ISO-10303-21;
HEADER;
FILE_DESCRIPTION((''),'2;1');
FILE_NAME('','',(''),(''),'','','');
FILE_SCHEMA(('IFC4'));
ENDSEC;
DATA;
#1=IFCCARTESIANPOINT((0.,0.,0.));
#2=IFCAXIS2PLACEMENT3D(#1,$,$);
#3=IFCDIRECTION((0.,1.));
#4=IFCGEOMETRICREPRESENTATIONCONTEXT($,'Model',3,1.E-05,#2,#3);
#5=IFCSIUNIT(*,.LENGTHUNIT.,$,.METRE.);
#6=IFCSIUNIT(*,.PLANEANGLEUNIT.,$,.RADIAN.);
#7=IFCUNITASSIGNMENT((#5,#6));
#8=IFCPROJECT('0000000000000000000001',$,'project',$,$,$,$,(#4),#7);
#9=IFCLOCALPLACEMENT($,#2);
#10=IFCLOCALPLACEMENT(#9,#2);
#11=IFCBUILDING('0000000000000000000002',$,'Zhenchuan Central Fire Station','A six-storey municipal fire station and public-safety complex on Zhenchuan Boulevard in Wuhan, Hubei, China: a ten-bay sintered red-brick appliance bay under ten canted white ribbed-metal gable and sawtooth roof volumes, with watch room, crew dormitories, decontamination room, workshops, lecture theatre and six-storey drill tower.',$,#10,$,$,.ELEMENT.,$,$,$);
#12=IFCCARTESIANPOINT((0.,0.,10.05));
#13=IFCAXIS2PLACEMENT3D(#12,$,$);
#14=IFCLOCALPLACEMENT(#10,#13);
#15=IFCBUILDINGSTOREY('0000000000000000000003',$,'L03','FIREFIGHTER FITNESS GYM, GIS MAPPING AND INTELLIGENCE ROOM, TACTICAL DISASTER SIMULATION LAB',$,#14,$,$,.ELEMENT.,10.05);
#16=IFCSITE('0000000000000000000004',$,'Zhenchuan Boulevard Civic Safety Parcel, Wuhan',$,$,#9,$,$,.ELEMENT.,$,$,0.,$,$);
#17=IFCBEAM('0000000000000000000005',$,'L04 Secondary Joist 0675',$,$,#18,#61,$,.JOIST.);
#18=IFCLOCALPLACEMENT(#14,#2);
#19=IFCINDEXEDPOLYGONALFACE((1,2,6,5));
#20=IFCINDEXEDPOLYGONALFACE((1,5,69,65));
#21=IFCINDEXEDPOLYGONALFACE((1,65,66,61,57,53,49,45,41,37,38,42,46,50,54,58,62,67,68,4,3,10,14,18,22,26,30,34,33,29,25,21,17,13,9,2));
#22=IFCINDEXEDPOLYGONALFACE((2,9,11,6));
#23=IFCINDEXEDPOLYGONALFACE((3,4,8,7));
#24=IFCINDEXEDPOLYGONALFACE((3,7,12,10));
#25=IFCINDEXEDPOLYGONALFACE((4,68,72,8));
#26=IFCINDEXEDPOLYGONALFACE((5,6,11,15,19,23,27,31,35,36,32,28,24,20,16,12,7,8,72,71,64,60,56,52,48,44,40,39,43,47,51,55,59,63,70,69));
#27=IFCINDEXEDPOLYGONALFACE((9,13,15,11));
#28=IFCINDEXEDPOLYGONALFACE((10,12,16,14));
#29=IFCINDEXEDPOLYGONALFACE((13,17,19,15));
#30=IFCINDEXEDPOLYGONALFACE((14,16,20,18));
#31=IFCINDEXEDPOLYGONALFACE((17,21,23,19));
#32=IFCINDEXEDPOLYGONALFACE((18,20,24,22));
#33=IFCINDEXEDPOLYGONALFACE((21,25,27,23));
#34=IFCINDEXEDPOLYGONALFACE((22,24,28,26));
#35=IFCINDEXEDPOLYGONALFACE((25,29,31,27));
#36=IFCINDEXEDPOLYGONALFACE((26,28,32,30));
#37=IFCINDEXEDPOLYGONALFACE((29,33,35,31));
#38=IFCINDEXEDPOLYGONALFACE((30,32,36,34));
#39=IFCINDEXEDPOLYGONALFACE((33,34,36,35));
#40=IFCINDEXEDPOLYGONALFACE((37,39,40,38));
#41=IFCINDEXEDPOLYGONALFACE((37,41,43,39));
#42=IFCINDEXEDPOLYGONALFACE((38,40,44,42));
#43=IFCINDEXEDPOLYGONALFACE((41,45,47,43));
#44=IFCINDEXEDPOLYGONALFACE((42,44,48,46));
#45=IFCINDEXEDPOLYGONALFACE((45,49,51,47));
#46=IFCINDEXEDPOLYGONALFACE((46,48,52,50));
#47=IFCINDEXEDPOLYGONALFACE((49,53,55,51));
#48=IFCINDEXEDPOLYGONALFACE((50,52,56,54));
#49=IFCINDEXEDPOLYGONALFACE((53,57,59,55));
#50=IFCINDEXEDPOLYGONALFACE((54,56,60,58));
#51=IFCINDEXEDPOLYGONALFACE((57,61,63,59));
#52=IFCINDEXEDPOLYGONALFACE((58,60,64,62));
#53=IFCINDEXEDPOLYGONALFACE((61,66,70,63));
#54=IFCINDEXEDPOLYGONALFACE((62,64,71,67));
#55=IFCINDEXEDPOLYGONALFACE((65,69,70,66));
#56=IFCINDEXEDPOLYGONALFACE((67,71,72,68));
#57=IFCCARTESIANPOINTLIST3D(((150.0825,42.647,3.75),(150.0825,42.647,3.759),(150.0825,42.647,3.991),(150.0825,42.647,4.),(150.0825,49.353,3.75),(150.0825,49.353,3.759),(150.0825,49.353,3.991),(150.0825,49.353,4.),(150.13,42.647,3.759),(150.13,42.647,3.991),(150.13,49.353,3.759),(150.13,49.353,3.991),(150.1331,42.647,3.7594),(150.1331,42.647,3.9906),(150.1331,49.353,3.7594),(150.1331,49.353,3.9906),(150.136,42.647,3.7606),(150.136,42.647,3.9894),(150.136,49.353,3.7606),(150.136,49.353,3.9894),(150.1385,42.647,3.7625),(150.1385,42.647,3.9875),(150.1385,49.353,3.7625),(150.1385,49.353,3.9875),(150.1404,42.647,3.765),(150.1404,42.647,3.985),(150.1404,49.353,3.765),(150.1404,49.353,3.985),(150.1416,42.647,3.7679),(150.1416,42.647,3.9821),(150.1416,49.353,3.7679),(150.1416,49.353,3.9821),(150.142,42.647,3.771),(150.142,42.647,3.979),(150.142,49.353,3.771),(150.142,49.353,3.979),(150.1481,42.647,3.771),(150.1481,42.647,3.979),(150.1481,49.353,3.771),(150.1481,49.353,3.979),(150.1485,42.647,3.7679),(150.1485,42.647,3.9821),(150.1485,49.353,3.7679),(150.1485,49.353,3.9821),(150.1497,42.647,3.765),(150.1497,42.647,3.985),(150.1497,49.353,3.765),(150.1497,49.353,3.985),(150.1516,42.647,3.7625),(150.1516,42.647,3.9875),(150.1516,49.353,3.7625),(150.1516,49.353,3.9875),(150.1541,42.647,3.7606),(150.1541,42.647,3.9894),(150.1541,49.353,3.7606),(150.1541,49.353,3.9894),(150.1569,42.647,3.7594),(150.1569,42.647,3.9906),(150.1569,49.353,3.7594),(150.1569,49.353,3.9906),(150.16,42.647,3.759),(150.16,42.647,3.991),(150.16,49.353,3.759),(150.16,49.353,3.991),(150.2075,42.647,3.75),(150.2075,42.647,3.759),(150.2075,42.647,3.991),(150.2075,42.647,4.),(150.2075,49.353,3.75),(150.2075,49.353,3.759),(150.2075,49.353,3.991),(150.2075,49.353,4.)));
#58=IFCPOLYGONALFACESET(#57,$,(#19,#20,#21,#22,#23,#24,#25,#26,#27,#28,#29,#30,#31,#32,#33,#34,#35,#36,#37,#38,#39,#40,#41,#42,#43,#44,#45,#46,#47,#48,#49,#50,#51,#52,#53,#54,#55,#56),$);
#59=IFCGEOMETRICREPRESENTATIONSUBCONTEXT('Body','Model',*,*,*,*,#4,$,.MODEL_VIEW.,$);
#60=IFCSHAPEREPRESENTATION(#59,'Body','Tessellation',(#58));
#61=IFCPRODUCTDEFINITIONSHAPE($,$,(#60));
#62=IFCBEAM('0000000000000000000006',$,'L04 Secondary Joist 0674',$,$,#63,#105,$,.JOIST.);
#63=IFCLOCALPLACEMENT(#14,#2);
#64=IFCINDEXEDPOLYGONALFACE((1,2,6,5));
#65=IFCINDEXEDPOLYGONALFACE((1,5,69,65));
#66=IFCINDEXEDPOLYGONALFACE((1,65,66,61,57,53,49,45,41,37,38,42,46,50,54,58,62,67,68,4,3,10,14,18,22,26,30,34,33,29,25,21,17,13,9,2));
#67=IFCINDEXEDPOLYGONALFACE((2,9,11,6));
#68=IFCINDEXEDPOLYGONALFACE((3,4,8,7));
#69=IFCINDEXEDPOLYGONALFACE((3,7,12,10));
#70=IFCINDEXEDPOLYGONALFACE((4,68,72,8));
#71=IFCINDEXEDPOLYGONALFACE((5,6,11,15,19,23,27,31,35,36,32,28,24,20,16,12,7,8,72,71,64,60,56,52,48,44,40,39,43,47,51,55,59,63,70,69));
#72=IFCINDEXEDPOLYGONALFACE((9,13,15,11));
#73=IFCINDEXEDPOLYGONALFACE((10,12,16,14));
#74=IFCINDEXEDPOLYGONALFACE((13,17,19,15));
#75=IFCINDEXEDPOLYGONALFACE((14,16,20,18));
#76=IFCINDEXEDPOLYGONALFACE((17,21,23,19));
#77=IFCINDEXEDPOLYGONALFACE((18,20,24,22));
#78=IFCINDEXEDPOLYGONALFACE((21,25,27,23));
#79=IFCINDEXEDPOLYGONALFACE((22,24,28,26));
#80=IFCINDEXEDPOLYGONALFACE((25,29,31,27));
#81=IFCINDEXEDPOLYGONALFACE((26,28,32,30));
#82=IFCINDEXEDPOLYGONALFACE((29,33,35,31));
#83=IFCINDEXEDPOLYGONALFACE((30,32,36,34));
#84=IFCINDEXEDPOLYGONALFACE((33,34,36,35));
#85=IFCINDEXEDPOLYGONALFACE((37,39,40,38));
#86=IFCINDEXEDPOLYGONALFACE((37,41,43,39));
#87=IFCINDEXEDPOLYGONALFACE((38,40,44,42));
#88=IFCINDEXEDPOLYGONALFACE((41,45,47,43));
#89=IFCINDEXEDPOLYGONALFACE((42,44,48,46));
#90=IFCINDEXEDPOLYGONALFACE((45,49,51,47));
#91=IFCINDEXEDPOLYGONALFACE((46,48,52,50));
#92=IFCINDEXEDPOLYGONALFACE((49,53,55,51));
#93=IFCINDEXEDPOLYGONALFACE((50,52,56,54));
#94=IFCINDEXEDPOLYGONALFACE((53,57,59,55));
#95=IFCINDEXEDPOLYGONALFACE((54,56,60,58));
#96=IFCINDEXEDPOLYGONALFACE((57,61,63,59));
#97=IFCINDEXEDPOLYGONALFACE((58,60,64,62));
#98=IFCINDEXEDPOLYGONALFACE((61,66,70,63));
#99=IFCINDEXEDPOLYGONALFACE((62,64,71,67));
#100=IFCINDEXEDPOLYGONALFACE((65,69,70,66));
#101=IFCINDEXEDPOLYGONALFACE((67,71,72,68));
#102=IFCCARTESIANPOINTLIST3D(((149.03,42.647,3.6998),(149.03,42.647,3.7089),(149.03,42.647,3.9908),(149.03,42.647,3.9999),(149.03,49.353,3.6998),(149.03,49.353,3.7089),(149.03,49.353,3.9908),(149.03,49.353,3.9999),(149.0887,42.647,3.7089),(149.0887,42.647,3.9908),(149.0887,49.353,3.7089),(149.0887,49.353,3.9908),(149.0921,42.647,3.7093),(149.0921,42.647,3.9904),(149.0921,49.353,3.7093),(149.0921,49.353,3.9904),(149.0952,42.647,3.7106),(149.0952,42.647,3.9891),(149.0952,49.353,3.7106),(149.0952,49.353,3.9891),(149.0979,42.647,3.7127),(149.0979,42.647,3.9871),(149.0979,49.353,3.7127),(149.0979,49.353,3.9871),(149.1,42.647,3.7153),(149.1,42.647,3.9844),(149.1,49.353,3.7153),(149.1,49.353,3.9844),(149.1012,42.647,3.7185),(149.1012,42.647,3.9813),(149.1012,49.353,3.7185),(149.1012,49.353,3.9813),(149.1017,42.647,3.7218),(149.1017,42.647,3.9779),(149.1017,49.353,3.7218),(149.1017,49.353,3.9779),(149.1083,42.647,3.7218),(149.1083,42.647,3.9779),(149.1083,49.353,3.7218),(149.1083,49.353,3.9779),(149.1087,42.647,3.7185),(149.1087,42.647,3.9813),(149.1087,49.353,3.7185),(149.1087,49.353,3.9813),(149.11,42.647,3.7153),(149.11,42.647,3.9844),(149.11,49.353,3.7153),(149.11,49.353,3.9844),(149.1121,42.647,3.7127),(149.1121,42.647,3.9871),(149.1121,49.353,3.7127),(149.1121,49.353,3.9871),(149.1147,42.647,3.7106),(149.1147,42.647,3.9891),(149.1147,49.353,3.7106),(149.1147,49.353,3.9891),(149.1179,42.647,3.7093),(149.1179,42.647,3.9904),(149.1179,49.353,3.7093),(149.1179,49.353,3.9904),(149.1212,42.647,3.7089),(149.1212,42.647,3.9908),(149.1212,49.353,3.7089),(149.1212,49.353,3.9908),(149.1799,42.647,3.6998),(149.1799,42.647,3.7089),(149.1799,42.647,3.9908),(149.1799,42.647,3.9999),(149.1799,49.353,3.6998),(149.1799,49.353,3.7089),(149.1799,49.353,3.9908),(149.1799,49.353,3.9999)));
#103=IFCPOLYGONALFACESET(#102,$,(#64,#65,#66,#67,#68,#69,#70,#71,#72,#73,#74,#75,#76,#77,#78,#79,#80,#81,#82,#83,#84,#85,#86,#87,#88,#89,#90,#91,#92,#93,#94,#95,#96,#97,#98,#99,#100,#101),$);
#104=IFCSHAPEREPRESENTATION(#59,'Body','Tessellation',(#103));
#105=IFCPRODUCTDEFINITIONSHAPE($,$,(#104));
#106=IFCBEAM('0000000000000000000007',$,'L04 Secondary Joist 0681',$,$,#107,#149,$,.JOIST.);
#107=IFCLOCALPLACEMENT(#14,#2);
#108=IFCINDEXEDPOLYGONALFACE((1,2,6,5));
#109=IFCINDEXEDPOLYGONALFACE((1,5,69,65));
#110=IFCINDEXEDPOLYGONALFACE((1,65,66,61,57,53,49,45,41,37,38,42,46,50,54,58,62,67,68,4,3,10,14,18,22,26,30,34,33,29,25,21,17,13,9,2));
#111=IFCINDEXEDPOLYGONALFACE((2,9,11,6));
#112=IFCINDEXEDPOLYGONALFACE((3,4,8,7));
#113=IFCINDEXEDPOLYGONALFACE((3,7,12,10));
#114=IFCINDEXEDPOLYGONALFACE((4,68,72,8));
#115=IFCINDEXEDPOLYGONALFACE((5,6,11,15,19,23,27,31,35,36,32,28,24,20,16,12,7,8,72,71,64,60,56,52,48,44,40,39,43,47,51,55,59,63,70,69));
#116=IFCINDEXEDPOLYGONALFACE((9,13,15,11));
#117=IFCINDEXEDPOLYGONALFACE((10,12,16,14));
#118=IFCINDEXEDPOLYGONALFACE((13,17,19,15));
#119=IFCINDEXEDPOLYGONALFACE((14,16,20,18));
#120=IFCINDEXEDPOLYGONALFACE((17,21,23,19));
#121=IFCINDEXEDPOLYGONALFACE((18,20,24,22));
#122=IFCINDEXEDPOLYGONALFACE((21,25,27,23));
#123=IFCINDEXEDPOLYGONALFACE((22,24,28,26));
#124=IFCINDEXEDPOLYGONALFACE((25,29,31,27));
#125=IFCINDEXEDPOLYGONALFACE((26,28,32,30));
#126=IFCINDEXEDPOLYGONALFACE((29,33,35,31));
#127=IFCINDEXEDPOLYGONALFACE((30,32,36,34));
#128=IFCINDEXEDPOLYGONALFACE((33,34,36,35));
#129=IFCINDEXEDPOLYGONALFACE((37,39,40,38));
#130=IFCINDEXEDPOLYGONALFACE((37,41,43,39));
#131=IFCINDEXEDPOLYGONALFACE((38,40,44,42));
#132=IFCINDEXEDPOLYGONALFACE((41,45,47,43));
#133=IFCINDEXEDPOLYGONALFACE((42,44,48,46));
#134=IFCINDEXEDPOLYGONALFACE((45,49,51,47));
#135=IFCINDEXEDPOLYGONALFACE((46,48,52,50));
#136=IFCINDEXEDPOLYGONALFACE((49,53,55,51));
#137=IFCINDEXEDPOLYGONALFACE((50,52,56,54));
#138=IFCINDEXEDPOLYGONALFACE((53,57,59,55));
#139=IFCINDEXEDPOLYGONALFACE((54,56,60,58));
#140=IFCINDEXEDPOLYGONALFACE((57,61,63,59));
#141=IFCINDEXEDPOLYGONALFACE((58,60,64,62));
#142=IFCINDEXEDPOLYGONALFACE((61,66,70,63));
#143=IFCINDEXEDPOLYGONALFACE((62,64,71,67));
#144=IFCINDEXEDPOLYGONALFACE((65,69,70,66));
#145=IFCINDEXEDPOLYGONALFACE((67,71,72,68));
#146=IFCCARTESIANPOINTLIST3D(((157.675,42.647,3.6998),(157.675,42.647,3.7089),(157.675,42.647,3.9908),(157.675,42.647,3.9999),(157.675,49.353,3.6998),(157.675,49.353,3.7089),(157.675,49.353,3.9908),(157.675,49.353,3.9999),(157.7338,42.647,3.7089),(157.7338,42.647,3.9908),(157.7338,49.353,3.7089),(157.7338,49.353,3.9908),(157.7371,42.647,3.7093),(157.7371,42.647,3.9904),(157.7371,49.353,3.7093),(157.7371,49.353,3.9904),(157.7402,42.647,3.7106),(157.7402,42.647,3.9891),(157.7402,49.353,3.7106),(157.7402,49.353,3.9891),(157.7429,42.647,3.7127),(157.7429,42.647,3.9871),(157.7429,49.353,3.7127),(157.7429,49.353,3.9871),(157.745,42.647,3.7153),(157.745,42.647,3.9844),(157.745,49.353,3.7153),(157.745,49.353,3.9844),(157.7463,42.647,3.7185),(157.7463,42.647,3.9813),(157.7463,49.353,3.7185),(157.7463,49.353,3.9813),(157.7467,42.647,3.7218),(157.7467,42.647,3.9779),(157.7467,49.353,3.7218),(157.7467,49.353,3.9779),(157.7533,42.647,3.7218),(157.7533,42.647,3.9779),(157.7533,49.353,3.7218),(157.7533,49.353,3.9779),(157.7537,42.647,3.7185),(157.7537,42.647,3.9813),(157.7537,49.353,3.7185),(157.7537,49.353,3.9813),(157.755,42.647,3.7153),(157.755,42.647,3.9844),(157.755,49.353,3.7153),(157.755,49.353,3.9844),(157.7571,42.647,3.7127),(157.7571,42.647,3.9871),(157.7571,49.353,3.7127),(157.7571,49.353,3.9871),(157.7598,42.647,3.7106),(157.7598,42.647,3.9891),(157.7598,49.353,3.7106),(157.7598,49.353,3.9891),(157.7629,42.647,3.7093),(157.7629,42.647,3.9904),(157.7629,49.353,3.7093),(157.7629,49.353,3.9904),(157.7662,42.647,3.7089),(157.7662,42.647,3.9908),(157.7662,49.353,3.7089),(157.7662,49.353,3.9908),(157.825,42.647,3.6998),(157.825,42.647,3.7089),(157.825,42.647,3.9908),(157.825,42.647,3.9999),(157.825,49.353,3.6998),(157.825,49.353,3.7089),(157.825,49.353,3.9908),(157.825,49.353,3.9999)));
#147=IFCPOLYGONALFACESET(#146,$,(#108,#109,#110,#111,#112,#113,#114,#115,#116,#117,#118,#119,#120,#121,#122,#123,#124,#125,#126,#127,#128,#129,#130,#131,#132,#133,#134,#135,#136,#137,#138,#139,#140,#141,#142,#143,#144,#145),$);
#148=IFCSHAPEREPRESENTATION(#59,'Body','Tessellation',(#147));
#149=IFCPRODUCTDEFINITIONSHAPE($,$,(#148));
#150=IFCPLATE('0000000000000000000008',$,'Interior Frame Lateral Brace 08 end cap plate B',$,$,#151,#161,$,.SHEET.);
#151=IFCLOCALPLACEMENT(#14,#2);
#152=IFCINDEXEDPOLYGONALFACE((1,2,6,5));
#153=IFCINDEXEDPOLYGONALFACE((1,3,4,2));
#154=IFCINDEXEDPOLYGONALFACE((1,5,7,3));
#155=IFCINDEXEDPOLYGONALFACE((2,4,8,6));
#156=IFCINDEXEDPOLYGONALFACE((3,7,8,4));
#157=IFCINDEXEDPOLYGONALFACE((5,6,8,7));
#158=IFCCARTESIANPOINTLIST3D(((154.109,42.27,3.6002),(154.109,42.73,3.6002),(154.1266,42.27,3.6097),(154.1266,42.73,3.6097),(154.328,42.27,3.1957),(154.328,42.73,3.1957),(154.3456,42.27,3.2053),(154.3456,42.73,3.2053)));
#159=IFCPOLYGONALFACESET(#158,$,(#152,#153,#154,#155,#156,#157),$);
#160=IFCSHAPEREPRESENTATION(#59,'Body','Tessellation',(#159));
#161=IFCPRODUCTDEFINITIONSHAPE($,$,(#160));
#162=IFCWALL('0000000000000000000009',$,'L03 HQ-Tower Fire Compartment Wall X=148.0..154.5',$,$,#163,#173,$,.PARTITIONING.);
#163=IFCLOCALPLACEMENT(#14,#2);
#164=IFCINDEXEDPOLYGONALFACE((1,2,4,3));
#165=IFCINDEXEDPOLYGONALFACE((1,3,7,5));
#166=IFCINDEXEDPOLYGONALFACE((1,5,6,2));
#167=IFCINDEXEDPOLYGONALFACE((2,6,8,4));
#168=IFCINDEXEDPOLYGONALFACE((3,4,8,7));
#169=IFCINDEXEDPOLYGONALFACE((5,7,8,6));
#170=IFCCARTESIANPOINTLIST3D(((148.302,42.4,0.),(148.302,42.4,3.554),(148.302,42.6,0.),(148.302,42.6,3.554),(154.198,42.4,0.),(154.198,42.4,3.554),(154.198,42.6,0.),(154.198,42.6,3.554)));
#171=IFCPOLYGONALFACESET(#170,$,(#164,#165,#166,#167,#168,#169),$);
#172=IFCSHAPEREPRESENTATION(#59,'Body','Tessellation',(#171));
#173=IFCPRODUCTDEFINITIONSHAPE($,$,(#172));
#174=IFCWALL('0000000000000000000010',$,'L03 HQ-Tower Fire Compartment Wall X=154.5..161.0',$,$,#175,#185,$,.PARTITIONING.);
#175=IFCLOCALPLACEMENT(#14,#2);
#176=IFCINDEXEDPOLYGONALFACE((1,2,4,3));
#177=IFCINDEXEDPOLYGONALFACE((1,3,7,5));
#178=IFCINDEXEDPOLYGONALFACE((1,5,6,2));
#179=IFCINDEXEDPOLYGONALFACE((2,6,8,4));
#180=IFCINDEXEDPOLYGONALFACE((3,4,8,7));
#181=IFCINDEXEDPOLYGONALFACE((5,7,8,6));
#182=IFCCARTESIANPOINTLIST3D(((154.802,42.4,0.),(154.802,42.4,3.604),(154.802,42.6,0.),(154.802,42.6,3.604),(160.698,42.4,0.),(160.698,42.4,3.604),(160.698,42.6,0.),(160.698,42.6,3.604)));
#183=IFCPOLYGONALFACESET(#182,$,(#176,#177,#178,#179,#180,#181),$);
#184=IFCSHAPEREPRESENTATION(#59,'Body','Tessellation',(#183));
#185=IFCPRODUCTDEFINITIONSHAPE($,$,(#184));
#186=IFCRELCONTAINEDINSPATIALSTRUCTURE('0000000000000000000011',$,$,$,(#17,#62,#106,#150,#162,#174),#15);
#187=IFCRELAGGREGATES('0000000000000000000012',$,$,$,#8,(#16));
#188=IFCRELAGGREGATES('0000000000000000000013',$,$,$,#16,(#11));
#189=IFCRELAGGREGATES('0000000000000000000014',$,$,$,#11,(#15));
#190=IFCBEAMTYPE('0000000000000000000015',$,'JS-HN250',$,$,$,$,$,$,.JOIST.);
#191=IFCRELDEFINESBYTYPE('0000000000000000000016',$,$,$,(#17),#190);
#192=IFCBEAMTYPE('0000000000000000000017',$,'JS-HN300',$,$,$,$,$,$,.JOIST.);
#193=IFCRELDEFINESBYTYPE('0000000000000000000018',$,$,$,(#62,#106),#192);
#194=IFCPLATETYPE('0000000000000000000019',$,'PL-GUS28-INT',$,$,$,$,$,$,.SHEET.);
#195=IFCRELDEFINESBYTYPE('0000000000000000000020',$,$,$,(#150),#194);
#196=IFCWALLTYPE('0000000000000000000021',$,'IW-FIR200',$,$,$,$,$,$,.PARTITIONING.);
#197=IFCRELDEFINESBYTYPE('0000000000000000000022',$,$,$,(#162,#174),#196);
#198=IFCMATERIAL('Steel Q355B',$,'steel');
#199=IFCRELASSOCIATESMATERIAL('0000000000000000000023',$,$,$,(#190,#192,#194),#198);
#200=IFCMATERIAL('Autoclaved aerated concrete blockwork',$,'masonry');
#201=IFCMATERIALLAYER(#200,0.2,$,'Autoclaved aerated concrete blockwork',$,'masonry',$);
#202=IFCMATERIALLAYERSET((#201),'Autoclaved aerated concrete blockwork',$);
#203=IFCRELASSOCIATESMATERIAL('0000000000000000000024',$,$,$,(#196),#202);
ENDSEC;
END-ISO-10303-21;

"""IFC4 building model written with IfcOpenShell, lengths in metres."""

from ifc_helpers import new_model, si_unit, direction, frame, frame_2d, origin, origin_2d, place, context, subcontext, project, spatial, rectangle, i_section, extrude, material, layer, layer_set, material_profile, profile_set, type_object, element, save


model = new_model("IFC4")

# Units and contexts
model_context = context("Model", 3, precision=1e-05, world=origin(), true_north=direction((0.0, 1.0)))
body_context = subcontext(model_context, "Body", "Model", "MODEL_VIEW")
ifc_project = project(units=[si_unit("LENGTHUNIT", "METRE"), si_unit("PLANEANGLEUNIT", "RADIAN")], contexts=[model_context])

# Site, building, storey
site_placement = place(None, origin())
site = spatial("IfcSite", under=ifc_project, at=site_placement, Name="Zhenchuan Boulevard Civic Safety Parcel, Wuhan", CompositionType="ELEMENT", RefElevation=0.0)
building_placement = place(site_placement, origin())
building = spatial("IfcBuilding", under=site, at=building_placement, Name="Zhenchuan Central Fire Station", Description="A six-storey municipal fire station and public-safety complex on Zhenchuan Boulevard in Wuhan, Hubei, China: a ten-bay sintered red-brick appliance bay under ten canted white ribbed-metal gable and sawtooth roof volumes, with watch room, crew dormitories, decontamination room, workshops, lecture theatre and six-storey drill tower.", CompositionType="ELEMENT")
storey_placement = place(building_placement, frame((0.0, 0.0, 10.05)))
storey = spatial("IfcBuildingStorey", under=building, at=storey_placement, Name="L03", Description="FIREFIGHTER FITNESS GYM, GIS MAPPING AND INTELLIGENCE ROOM, TACTICAL DISASTER SIMULATION LAB", CompositionType="ELEMENT", Elevation=10.05)

# Beams
ifc_material_1 = material(Name="Steel Q355B", Category="steel")
ifc_material_profile_1 = material_profile(ifc_material_1, i_section(OverallWidth=0.125, OverallDepth=0.25, WebThickness=0.0061, FlangeThickness=0.009, FilletRadius=0.012, at=origin_2d()), Name="HN 250x125")
ifc_profile_set_1 = profile_set([ifc_material_profile_1], Name="Steel Q355B")
beam_type_1 = type_object("IfcBeamType", Name="JS-HN250", PredefinedType="JOIST", material=ifc_profile_set_1)
beam_1_placement = place(storey_placement, frame((150.145, 42.647, 3.875), z_axis=(0.0, 1.0, 0.0), x_axis=(-1.0, 0.0, 0.0)))
element("IfcBeam", 1, at=beam_1_placement, inside=storey, type_object=beam_type_1, Name="L04 Secondary Joist 0675", PredefinedType="JOIST", context=body_context, shape_type="SweptSolid", body=[
    extrude(i_section(OverallWidth=0.125, OverallDepth=0.25, WebThickness=0.0061, FlangeThickness=0.009, FilletRadius=0.012, at=origin_2d()), origin(), (0.0, 0.0, 1.0), 6.7061),
])
ifc_material_profile_2 = material_profile(ifc_material_1, i_section(OverallWidth=0.1499, OverallDepth=0.3, WebThickness=0.0066, FlangeThickness=0.009, FilletRadius=0.0129, at=origin_2d()), Name="HN 300x150")
ifc_profile_set_2 = profile_set([ifc_material_profile_2], Name="Steel Q355B")
beam_type_2 = type_object("IfcBeamType", Name="JS-HN300", PredefinedType="JOIST", material=ifc_profile_set_2)
for number, where, z_axis, x_axis, name in (
    (2, (149.105, 42.647, 3.8499), (0.0, 1.0, 0.0), (-1.0, 0.0, 0.0), "L04 Secondary Joist 0674"),
    (3, (157.75, 42.647, 3.8499), (0.0, 1.0, 0.0), (-1.0, 0.0, 0.0), "L04 Secondary Joist 0681"),
):
    element("IfcBeam", number, at=place(storey_placement, frame(where, z_axis=z_axis, x_axis=x_axis)), inside=storey, type_object=beam_type_2, Name=name, PredefinedType="JOIST", context=body_context, shape_type="SweptSolid", body=[
        extrude(i_section(OverallWidth=0.1499, OverallDepth=0.3, WebThickness=0.0066, FlangeThickness=0.009, FilletRadius=0.0129, at=origin_2d()), origin(), (0.0, 0.0, 1.0), 6.7061),
    ])

# Plate
ifc_material_profile_3 = material_profile(ifc_material_1, rectangle(XDim=0.46, YDim=0.46, at=origin_2d()), Name="PL 460x460x28")
ifc_profile_set_3 = profile_set([ifc_material_profile_3], Name="Steel Q355B")
plate_type = type_object("IfcPlateType", Name="PL-GUS28-INT", PredefinedType="SHEET", material=ifc_profile_set_3)
plate_placement = place(storey_placement, frame((154.2185, 42.5, 3.3979), z_axis=(0.879292, 0.0, 0.476283), x_axis=(0.0, 1.0, 0.0)))
element("IfcPlate", 4, at=plate_placement, inside=storey, type_object=plate_type, Name="Interior Frame Lateral Brace 08 end cap plate B", PredefinedType="SHEET", context=body_context, shape_type="SweptSolid", body=[
    extrude(rectangle(XDim=0.46, YDim=0.46, at=origin_2d()), origin(), (0.0, 0.0, 1.0), 0.02),
])

# Walls
ifc_material_2 = material(Name="Autoclaved aerated concrete blockwork", Category="masonry")
ifc_layer_1 = layer(ifc_material_2, 0.2, Name="Autoclaved aerated concrete blockwork", Category="masonry")
ifc_layer_set_1 = layer_set([ifc_layer_1], Name="Autoclaved aerated concrete blockwork")
wall_type_1 = type_object("IfcWallType", Name="IW-FIR200", PredefinedType="PARTITIONING", material=ifc_layer_set_1)
wall_1_placement = place(storey_placement, frame((148.302, 42.5, 0.0), z_axis=(0.0, 0.0, 1.0), x_axis=(1.0, 0.0, 0.0)))
element("IfcWall", 5, at=wall_1_placement, inside=storey, type_object=wall_type_1, Name="L03 HQ-Tower Fire Compartment Wall X=148.0..154.5", PredefinedType="PARTITIONING", context=body_context, shape_type="SweptSolid", body=[
    extrude(rectangle(XDim=5.896, YDim=0.2, at=frame_2d((2.948, 0.0))), origin(), (0.0, 0.0, 1.0), 3.554),
])
wall_2_placement = place(storey_placement, frame((154.802, 42.5, 0.0), z_axis=(0.0, 0.0, 1.0), x_axis=(1.0, 0.0, 0.0)))
element("IfcWall", 6, at=wall_2_placement, inside=storey, type_object=wall_type_1, Name="L03 HQ-Tower Fire Compartment Wall X=154.5..161.0", PredefinedType="PARTITIONING", context=body_context, shape_type="SweptSolid", body=[
    extrude(rectangle(XDim=5.896, YDim=0.2, at=frame_2d((2.948, 0.0))), origin(), (0.0, 0.0, 1.0), 3.604),
])

save(model, "model.ifc")
